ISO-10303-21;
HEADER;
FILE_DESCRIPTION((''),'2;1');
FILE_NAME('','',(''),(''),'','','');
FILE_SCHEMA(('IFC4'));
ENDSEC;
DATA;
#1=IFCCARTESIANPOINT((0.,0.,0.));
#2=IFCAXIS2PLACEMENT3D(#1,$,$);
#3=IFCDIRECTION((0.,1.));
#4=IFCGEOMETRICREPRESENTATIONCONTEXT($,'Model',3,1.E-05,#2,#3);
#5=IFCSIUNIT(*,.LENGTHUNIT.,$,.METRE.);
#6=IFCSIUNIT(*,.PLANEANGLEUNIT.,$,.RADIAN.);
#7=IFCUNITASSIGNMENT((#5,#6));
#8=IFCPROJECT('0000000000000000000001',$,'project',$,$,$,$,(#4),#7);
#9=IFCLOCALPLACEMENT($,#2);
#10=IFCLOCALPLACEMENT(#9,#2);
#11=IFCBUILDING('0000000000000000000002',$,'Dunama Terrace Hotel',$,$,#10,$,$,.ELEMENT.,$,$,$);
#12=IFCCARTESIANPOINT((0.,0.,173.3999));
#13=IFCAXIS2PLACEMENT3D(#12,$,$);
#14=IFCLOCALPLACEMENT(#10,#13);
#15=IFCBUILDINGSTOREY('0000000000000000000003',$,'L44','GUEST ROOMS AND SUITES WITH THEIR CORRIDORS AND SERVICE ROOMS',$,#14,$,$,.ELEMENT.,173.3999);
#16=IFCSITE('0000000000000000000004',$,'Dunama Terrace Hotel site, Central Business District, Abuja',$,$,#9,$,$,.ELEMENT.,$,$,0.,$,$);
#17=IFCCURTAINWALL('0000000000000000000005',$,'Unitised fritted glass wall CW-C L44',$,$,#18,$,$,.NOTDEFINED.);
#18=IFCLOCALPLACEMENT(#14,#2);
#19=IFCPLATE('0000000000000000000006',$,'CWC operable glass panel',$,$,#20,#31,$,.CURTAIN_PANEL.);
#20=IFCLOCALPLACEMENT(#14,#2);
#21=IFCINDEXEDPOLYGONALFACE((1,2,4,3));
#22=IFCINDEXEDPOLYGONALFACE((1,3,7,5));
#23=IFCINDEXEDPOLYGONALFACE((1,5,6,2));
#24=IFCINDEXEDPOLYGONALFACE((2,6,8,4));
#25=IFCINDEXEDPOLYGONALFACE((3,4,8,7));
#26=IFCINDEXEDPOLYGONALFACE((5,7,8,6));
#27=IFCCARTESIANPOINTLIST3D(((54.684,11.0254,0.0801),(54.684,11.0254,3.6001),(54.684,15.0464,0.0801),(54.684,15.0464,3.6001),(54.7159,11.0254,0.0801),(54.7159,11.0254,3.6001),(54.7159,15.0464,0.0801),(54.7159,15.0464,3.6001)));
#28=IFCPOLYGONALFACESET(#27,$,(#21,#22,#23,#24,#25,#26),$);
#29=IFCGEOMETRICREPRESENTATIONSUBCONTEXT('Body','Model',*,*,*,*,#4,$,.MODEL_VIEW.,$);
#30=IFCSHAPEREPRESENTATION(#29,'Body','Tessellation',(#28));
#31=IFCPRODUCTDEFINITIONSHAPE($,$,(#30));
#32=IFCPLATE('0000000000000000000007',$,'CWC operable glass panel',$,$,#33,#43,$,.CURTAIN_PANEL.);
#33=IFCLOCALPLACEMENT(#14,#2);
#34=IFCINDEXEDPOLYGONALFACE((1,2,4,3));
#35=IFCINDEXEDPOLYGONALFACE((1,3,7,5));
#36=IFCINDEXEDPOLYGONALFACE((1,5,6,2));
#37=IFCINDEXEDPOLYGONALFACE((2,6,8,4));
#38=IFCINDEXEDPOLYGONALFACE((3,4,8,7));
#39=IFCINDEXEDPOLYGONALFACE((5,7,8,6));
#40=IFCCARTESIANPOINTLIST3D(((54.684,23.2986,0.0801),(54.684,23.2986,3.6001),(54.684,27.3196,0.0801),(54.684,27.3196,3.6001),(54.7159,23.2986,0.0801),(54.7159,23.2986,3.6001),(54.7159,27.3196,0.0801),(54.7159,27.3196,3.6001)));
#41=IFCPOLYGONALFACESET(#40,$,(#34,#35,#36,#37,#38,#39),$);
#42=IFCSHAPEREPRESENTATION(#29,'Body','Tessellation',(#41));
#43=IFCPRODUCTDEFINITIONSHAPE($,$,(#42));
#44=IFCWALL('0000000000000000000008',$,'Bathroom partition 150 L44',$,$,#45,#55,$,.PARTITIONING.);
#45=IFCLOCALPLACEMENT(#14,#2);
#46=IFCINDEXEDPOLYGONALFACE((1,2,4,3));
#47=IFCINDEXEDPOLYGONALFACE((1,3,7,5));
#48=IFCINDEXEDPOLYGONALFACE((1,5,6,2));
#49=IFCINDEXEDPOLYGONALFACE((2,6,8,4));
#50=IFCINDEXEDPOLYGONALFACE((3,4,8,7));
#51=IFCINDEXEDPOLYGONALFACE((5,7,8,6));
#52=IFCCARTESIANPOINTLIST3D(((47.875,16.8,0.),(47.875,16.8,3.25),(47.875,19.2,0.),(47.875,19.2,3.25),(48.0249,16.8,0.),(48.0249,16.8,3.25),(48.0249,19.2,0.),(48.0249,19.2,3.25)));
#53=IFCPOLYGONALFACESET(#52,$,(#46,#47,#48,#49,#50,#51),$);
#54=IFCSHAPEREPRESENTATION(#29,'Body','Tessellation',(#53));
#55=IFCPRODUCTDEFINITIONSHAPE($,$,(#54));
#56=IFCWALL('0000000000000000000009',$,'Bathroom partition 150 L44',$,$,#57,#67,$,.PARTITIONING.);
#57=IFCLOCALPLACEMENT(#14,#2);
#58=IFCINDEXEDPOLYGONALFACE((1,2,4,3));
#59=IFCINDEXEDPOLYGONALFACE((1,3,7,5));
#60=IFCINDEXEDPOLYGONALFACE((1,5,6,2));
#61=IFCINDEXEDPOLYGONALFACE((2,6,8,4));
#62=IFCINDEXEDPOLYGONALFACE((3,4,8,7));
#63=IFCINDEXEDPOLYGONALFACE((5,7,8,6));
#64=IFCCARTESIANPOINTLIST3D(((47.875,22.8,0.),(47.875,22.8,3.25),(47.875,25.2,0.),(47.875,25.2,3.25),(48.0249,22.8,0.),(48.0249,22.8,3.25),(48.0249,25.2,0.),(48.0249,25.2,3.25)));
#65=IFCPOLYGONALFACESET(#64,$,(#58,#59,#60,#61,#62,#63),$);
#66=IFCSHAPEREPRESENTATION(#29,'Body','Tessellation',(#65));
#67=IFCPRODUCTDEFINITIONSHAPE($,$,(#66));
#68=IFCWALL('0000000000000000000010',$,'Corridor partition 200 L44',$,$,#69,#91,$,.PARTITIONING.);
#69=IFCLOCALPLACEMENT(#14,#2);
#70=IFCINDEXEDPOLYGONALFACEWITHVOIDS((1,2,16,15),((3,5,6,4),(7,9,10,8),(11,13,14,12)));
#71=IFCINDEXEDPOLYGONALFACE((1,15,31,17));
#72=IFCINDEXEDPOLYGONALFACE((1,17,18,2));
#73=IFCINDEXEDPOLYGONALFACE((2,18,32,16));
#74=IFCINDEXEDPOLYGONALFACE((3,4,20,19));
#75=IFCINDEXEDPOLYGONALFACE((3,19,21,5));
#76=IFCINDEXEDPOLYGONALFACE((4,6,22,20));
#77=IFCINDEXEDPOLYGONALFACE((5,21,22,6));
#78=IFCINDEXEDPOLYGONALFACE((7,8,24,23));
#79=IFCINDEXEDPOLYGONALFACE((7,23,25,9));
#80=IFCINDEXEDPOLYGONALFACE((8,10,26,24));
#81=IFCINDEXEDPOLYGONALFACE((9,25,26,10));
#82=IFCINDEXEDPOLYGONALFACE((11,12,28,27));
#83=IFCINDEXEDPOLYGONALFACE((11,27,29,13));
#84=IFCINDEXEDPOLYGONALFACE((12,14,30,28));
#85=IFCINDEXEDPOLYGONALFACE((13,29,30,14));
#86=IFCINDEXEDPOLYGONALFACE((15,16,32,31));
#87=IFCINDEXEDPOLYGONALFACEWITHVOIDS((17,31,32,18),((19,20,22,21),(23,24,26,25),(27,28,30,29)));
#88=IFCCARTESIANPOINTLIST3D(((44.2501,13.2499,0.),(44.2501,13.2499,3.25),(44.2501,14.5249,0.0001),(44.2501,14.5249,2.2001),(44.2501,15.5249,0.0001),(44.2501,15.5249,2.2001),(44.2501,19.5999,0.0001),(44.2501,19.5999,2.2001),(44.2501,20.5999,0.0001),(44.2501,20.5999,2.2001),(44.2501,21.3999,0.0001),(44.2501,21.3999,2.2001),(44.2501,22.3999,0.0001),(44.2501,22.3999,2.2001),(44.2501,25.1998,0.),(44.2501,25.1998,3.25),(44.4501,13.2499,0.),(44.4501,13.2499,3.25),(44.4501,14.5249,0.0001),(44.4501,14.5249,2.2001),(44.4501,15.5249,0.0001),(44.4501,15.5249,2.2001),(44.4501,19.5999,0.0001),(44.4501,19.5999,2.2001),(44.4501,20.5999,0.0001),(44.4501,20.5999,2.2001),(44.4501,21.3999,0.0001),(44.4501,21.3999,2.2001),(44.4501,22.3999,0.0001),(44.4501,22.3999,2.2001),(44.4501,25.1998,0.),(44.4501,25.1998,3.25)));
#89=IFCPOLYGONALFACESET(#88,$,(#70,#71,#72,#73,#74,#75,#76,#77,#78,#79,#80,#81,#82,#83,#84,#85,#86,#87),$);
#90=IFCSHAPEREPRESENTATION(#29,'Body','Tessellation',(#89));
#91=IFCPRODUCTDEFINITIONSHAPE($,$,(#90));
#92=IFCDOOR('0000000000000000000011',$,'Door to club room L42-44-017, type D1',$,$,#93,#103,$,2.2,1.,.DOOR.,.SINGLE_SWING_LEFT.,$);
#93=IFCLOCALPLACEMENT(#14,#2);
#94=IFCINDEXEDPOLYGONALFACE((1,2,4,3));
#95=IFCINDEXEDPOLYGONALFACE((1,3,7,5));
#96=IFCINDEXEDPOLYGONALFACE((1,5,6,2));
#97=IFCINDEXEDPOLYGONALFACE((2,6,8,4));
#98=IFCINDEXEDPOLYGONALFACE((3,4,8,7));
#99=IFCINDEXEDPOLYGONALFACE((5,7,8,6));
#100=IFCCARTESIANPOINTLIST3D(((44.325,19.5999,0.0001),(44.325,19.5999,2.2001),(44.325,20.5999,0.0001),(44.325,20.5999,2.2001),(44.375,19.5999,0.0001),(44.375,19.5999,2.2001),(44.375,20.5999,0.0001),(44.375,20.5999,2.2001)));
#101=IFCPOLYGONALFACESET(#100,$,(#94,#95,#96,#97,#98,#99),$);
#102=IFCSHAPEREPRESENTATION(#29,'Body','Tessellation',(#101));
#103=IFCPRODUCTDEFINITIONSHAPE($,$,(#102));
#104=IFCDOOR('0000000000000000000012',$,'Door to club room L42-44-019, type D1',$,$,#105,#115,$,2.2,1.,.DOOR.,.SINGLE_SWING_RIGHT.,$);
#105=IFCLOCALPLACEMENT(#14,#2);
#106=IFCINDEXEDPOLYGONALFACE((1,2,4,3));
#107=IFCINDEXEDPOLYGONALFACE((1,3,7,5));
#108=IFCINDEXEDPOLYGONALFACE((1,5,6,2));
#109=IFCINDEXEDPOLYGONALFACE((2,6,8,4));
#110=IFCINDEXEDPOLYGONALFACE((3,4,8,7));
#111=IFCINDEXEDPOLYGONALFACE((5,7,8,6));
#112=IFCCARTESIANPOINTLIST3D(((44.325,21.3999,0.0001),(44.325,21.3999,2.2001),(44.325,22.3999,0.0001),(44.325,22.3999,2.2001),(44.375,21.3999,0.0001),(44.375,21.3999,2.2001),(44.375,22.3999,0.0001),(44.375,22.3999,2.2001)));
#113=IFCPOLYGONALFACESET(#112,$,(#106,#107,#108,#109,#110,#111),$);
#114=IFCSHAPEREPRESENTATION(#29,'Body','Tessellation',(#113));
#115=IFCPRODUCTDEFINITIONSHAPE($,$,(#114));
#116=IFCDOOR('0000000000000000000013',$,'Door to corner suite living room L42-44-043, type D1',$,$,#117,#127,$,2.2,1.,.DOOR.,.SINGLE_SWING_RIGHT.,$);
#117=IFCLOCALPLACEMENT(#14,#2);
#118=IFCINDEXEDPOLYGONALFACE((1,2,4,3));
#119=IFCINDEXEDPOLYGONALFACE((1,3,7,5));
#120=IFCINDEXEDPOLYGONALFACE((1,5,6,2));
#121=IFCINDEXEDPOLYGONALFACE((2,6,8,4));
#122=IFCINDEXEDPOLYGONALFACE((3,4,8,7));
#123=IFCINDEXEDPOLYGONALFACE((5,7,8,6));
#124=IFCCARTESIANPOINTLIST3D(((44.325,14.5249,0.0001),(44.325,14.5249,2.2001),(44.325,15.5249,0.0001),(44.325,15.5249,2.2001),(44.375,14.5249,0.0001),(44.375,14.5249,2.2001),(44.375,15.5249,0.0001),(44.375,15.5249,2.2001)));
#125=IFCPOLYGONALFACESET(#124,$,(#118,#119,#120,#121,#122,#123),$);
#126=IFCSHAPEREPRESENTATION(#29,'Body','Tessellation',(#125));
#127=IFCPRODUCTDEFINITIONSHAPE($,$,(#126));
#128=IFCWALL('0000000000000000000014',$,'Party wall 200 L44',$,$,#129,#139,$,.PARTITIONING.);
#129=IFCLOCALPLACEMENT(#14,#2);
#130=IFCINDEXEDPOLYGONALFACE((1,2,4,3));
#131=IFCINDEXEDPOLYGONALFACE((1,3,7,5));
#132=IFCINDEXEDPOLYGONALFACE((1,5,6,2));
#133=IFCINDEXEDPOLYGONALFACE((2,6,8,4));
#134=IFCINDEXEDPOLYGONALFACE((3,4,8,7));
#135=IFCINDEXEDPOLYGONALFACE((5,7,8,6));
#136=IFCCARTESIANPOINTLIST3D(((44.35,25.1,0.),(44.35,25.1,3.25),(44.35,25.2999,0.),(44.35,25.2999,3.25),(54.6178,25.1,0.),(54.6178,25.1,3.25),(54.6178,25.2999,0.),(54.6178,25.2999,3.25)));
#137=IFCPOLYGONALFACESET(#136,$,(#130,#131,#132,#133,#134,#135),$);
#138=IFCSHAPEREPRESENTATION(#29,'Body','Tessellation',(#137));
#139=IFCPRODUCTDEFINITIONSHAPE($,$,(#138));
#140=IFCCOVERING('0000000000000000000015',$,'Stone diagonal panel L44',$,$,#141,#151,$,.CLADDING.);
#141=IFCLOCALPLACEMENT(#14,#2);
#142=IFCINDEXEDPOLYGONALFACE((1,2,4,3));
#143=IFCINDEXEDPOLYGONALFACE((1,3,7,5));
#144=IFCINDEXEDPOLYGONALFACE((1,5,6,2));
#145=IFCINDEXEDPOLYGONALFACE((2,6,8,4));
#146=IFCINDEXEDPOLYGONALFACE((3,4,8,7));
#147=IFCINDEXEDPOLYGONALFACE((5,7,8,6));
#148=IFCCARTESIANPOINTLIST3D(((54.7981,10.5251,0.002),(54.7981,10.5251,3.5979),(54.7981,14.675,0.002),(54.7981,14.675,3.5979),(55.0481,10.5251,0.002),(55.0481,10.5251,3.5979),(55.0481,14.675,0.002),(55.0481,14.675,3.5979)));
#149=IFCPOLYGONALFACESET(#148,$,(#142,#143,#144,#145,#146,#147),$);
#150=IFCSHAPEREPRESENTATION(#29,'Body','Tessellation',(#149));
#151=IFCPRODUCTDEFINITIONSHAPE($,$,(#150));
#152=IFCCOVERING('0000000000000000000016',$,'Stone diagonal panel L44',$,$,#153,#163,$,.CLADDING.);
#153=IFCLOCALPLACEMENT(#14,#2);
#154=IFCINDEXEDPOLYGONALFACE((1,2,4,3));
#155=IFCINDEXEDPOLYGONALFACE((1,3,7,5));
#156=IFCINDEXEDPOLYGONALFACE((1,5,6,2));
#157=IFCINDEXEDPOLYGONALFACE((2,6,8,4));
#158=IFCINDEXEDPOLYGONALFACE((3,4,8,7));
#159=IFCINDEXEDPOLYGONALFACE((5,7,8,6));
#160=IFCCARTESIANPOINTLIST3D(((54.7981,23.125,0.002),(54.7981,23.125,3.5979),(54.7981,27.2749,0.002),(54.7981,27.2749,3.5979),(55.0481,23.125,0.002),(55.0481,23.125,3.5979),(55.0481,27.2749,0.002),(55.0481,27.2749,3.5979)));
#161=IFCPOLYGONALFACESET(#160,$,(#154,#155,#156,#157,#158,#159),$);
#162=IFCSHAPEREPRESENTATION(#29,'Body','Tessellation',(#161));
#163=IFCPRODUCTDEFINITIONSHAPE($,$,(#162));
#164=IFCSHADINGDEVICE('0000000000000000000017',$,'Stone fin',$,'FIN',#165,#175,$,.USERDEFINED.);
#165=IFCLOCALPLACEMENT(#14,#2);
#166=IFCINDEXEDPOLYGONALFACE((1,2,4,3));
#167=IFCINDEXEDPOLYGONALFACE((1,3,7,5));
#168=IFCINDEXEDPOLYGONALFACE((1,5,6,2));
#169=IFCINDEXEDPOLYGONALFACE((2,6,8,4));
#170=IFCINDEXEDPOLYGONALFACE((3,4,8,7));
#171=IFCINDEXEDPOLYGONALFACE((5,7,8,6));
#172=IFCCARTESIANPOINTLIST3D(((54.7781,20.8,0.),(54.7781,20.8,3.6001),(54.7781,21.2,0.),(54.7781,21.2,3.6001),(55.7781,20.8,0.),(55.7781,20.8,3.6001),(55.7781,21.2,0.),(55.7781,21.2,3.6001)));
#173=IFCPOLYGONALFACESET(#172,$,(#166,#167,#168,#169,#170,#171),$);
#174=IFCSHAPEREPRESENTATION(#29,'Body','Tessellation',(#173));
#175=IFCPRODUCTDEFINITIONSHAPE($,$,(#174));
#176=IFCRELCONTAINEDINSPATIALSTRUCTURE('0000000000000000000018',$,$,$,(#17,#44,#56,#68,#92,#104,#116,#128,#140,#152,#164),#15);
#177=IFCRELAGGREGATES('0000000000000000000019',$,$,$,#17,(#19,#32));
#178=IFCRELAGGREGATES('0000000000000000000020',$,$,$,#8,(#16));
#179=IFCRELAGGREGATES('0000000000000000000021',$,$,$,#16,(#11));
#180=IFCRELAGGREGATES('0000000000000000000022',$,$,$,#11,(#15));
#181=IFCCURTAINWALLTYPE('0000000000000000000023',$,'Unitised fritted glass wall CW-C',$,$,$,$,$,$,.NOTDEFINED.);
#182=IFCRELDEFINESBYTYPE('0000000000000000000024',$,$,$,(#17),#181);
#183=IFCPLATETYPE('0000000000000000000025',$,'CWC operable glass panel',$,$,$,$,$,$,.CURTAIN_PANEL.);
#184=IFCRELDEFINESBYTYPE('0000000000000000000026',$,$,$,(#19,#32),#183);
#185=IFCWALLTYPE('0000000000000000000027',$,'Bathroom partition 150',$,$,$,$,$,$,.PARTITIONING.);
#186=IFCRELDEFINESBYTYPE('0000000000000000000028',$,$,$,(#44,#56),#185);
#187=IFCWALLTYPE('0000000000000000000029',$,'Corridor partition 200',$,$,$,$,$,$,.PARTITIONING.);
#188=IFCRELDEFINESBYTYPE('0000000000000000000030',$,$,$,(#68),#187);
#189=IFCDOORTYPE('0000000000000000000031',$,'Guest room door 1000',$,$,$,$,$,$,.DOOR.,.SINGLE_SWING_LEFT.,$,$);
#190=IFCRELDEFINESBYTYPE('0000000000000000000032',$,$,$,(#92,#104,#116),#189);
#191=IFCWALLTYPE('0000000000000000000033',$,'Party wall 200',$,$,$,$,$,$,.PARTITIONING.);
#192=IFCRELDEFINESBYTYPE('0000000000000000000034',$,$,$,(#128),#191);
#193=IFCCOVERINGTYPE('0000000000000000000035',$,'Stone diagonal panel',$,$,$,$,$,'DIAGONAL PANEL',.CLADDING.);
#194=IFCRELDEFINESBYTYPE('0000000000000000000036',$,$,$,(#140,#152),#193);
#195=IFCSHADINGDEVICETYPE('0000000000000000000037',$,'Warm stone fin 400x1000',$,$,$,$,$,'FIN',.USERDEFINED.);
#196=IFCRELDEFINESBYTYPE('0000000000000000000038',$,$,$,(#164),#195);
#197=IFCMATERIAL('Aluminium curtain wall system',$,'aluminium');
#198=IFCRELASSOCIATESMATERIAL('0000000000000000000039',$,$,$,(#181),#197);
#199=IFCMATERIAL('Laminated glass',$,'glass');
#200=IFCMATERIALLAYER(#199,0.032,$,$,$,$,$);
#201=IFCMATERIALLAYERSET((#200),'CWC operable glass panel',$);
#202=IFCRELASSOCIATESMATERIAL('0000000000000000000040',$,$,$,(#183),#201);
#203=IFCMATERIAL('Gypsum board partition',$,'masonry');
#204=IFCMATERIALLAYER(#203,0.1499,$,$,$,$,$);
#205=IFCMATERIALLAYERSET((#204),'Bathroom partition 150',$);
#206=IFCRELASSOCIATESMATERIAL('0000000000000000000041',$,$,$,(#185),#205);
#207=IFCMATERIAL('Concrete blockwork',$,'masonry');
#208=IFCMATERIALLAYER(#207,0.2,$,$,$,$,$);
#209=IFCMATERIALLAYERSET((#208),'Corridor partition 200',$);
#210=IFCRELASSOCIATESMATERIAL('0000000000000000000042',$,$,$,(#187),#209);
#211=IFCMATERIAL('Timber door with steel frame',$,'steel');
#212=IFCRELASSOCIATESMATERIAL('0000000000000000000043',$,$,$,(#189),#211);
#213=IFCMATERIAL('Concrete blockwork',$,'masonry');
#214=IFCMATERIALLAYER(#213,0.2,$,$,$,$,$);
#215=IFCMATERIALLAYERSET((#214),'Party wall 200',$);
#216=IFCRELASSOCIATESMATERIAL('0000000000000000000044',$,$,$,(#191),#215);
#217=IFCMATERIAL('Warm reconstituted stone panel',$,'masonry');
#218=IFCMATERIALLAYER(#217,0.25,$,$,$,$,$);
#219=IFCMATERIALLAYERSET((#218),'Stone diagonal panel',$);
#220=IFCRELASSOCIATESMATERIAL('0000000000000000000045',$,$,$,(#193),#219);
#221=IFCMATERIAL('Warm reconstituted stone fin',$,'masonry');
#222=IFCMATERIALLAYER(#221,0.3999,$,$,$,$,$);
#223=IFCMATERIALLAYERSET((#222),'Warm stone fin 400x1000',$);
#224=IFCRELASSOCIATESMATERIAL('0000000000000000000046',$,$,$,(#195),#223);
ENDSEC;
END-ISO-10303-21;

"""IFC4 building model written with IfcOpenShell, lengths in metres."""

from ifc_helpers import new_model, si_unit, direction, frame, frame_2d, origin, origin_2d, place, context, subcontext, project, spatial, rectangle, extrude, material, layer, layer_set, type_object, element, fill, aggregate, save


model = new_model("IFC4")

# Units and contexts
model_context = context("Model", 3, precision=1e-05, world=origin(), true_north=direction((0.0, 1.0)))
body_context = subcontext(model_context, "Body", "Model", "MODEL_VIEW")
ifc_project = project(units=[si_unit("LENGTHUNIT", "METRE"), si_unit("PLANEANGLEUNIT", "RADIAN")], contexts=[model_context])

# Site, building, storey
site_placement = place(None, origin())
site = spatial("IfcSite", under=ifc_project, at=site_placement, Name="Dunama Terrace Hotel site, Central Business District, Abuja", CompositionType="ELEMENT", RefElevation=0.0)
building_placement = place(site_placement, origin())
building = spatial("IfcBuilding", under=site, at=building_placement, Name="Dunama Terrace Hotel", CompositionType="ELEMENT")
storey_placement = place(building_placement, frame((0.0, 0.0, 173.3999)))
storey = spatial("IfcBuildingStorey", under=building, at=storey_placement, Name="L44", Description="GUEST ROOMS AND SUITES WITH THEIR CORRIDORS AND SERVICE ROOMS", CompositionType="ELEMENT", Elevation=173.3999)

# Curtain wall
ifc_material_1 = material(Name="Aluminium curtain wall system", Category="aluminium")
curtain_wall_type = type_object("IfcCurtainWallType", Name="Unitised fritted glass wall CW-C", PredefinedType="NOTDEFINED", material=ifc_material_1)
curtain_wall_placement = place(storey_placement, origin())
curtain_wall = element("IfcCurtainWall", 1, at=curtain_wall_placement, inside=storey, type_object=curtain_wall_type, Name="Unitised fritted glass wall CW-C L44", PredefinedType="NOTDEFINED")

# Plates
ifc_material_2 = material(Name="Laminated glass", Category="glass")
ifc_layer_1 = layer(ifc_material_2, 0.032)
ifc_layer_set_1 = layer_set([ifc_layer_1], Name="CWC operable glass panel")
plate_type_1 = type_object("IfcPlateType", Name="CWC operable glass panel", PredefinedType="CURTAIN_PANEL", material=ifc_layer_set_1)
plate_1_placement = place(storey_placement, frame((54.7, 13.0359, 0.0801), z_axis=(0.0, 0.0, 1.0), x_axis=(0.0, 1.0, 0.0)))
plate_1 = element("IfcPlate", 2, at=plate_1_placement, type_object=plate_type_1, Name="CWC operable glass panel", PredefinedType="CURTAIN_PANEL", context=body_context, shape_type="SweptSolid", body=[
    extrude(rectangle(XDim=4.021, YDim=0.032, at=origin_2d()), origin(), (0.0, 0.0, 1.0), 3.52),
])
plate_2_placement = place(storey_placement, frame((54.7, 25.3091, 0.0801), z_axis=(0.0, 0.0, 1.0), x_axis=(0.0, 1.0, 0.0)))
plate_2 = element("IfcPlate", 3, at=plate_2_placement, type_object=plate_type_1, Name="CWC operable glass panel", PredefinedType="CURTAIN_PANEL", context=body_context, shape_type="SweptSolid", body=[
    extrude(rectangle(XDim=4.021, YDim=0.032, at=origin_2d()), origin(), (0.0, 0.0, 1.0), 3.52),
])
aggregate(curtain_wall, [plate_1, plate_2])

# Walls
ifc_material_3 = material(Name="Gypsum board partition", Category="masonry")
ifc_layer_2 = layer(ifc_material_3, 0.1499)
ifc_layer_set_2 = layer_set([ifc_layer_2], Name="Bathroom partition 150")
wall_type_1 = type_object("IfcWallType", Name="Bathroom partition 150", PredefinedType="PARTITIONING", material=ifc_layer_set_2)
for number, where, z_axis, x_axis, name in (
    (4, (47.95, 16.8, 0.0), (0.0, 0.0, 1.0), (0.0, 1.0, 0.0), "Bathroom partition 150 L44"),
    (5, (47.95, 22.8, 0.0), (0.0, 0.0, 1.0), (0.0, 1.0, 0.0), "Bathroom partition 150 L44"),
):
    element("IfcWall", number, at=place(storey_placement, frame(where, z_axis=z_axis, x_axis=x_axis)), inside=storey, type_object=wall_type_1, Name=name, PredefinedType="PARTITIONING", context=body_context, shape_type="SweptSolid", body=[
        extrude(rectangle(XDim=2.3999, YDim=0.1499, at=frame_2d((1.2, 0.0))), origin(), (0.0, 0.0, 1.0), 3.25),
    ])

# Wall, openings, doors
ifc_material_4 = material(Name="Concrete blockwork", Category="masonry")
ifc_layer_3 = layer(ifc_material_4, 0.2)
ifc_layer_set_3 = layer_set([ifc_layer_3], Name="Corridor partition 200")
wall_type_2 = type_object("IfcWallType", Name="Corridor partition 200", PredefinedType="PARTITIONING", material=ifc_layer_set_3)
wall_1_placement = place(storey_placement, frame((44.3501, 25.2, 0.0), z_axis=(0.0, 0.0, 1.0), x_axis=(0.0, -1.0, 0.0)))
wall_1 = element("IfcWall", 6, at=wall_1_placement, inside=storey, type_object=wall_type_2, Name="Corridor partition 200 L44", PredefinedType="PARTITIONING", context=body_context, shape_type="SweptSolid", body=[
    extrude(rectangle(XDim=11.95, YDim=0.2, at=frame_2d((5.9751, 0.0))), origin(), (0.0, 0.0, 1.0), 3.25),
])
opening_1_placement = place(wall_1_placement, frame((4.6001, 0.0, 0.0)))
opening_1 = element("IfcOpeningElement", 7, at=opening_1_placement, cuts=wall_1, PredefinedType="OPENING", context=body_context, shape_type="SweptSolid", body=[
    extrude(rectangle(XDim=1.0, YDim=2.2, at=frame_2d((0.5, 1.1001))), frame((0.0, 0.1099, 0.0), z_axis=(0.0, -1.0, 0.0), x_axis=(1.0, 0.0, 0.0)), (0.0, 0.0, 1.0), 0.22),
])
opening_2_placement = place(wall_1_placement, frame((2.8, 0.0, 0.0)))
opening_2 = element("IfcOpeningElement", 8, at=opening_2_placement, cuts=wall_1, PredefinedType="OPENING", context=body_context, shape_type="SweptSolid", body=[
    extrude(rectangle(XDim=1.0, YDim=2.2, at=frame_2d((0.5, 1.1001))), frame((0.0, 0.1099, 0.0), z_axis=(0.0, -1.0, 0.0), x_axis=(1.0, 0.0, 0.0)), (0.0, 0.0, 1.0), 0.22),
])
opening_3_placement = place(wall_1_placement, frame((9.675, 0.0, 0.0)))
opening_3 = element("IfcOpeningElement", 9, at=opening_3_placement, cuts=wall_1, PredefinedType="OPENING", context=body_context, shape_type="SweptSolid", body=[
    extrude(rectangle(XDim=1.0, YDim=2.2, at=frame_2d((0.5, 1.1001))), frame((0.0, 0.1099, 0.0), z_axis=(0.0, -1.0, 0.0), x_axis=(1.0, 0.0, 0.0)), (0.0, 0.0, 1.0), 0.22),
])
ifc_material_5 = material(Name="Timber door with steel frame", Category="steel")
door_type = type_object("IfcDoorType", Name="Guest room door 1000", OperationType="SINGLE_SWING_LEFT", PredefinedType="DOOR", material=ifc_material_5)
door_1_placement = place(opening_1_placement, origin())
door_1 = element("IfcDoor", 10, at=door_1_placement, inside=storey, type_object=door_type, Name="Door to club room L42-44-017, type D1", OperationType="SINGLE_SWING_LEFT", OverallHeight=2.2, OverallWidth=1.0, PredefinedType="DOOR", context=body_context, shape_type="SweptSolid", body=[
    extrude(rectangle(XDim=1.0, YDim=2.2, at=frame_2d((0.5, 1.1001))), frame((0.0, 0.0249, 0.0), z_axis=(0.0, -1.0, 0.0), x_axis=(1.0, 0.0, 0.0)), (0.0, 0.0, 1.0), 0.05),
])
fill(opening_1, door_1)
door_2_placement = place(opening_2_placement, origin())
door_2 = element("IfcDoor", 11, at=door_2_placement, inside=storey, type_object=door_type, Name="Door to club room L42-44-019, type D1", OperationType="SINGLE_SWING_RIGHT", OverallHeight=2.2, OverallWidth=1.0, PredefinedType="DOOR", context=body_context, shape_type="SweptSolid", body=[
    extrude(rectangle(XDim=1.0, YDim=2.2, at=frame_2d((0.5, 1.1001))), frame((0.0, 0.0249, 0.0), z_axis=(0.0, -1.0, 0.0), x_axis=(1.0, 0.0, 0.0)), (0.0, 0.0, 1.0), 0.05),
])
fill(opening_2, door_2)
door_3_placement = place(opening_3_placement, origin())
door_3 = element("IfcDoor", 12, at=door_3_placement, inside=storey, type_object=door_type, Name="Door to corner suite living room L42-44-043, type D1", OperationType="SINGLE_SWING_RIGHT", OverallHeight=2.2, OverallWidth=1.0, PredefinedType="DOOR", context=body_context, shape_type="SweptSolid", body=[
    extrude(rectangle(XDim=1.0, YDim=2.2, at=frame_2d((0.5, 1.1001))), frame((0.0, 0.0249, 0.0), z_axis=(0.0, -1.0, 0.0), x_axis=(1.0, 0.0, 0.0)), (0.0, 0.0, 1.0), 0.05),
])
fill(opening_3, door_3)

# Wall
ifc_material_6 = material(Name="Concrete blockwork", Category="masonry")
ifc_layer_4 = layer(ifc_material_6, 0.2)
ifc_layer_set_4 = layer_set([ifc_layer_4], Name="Party wall 200")
wall_type_3 = type_object("IfcWallType", Name="Party wall 200", PredefinedType="PARTITIONING", material=ifc_layer_set_4)
wall_2_placement = place(storey_placement, frame((44.3501, 25.2, 0.0), z_axis=(0.0, 0.0, 1.0), x_axis=(1.0, 0.0, 0.0)))
element("IfcWall", 13, at=wall_2_placement, inside=storey, type_object=wall_type_3, Name="Party wall 200 L44", PredefinedType="PARTITIONING", context=body_context, shape_type="SweptSolid", body=[
    extrude(rectangle(XDim=10.2678, YDim=0.2, at=frame_2d((5.1338, 0.0))), origin(), (0.0, 0.0, 1.0), 3.25),
])

# Coverings
ifc_material_7 = material(Name="Warm reconstituted stone panel", Category="masonry")
ifc_layer_5 = layer(ifc_material_7, 0.25)
ifc_layer_set_5 = layer_set([ifc_layer_5], Name="Stone diagonal panel")
covering_type = type_object("IfcCoveringType", Name="Stone diagonal panel", ElementType="DIAGONAL PANEL", PredefinedType="CLADDING", material=ifc_layer_set_5)
for number, where, z_axis, x_axis, name in (
    (14, (54.9231, 12.6001, 0.002), (0.0, 0.0, 1.0), (0.0, 1.0, 0.0), "Stone diagonal panel L44"),
    (15, (54.9231, 25.2, 0.002), (0.0, 0.0, 1.0), (0.0, 1.0, 0.0), "Stone diagonal panel L44"),
):
    element("IfcCovering", number, at=place(storey_placement, frame(where, z_axis=z_axis, x_axis=x_axis)), inside=storey, type_object=covering_type, Name=name, PredefinedType="CLADDING", context=body_context, shape_type="SweptSolid", body=[
        extrude(rectangle(XDim=4.1499, YDim=0.25, at=origin_2d()), origin(), (0.0, 0.0, 1.0), 3.5959),
    ])

# Shading device
ifc_material_8 = material(Name="Warm reconstituted stone fin", Category="masonry")
ifc_layer_6 = layer(ifc_material_8, 0.3999)
ifc_layer_set_6 = layer_set([ifc_layer_6], Name="Warm stone fin 400x1000")
shading_device_type = type_object("IfcShadingDeviceType", Name="Warm stone fin 400x1000", ElementType="FIN", PredefinedType="USERDEFINED", material=ifc_layer_set_6)
shading_device_placement = place(storey_placement, frame((55.2781, 21.0, 0.0), z_axis=(0.0, 0.0, 1.0), x_axis=(0.0, 1.0, 0.0)))
element("IfcShadingDevice", 16, at=shading_device_placement, inside=storey, type_object=shading_device_type, Name="Stone fin", ObjectType="FIN", PredefinedType="USERDEFINED", context=body_context, shape_type="SweptSolid", body=[
    extrude(rectangle(XDim=0.3999, YDim=1.0, at=origin_2d()), origin(), (0.0, 0.0, 1.0), 3.6001),
])

save(model, "model.ifc")
